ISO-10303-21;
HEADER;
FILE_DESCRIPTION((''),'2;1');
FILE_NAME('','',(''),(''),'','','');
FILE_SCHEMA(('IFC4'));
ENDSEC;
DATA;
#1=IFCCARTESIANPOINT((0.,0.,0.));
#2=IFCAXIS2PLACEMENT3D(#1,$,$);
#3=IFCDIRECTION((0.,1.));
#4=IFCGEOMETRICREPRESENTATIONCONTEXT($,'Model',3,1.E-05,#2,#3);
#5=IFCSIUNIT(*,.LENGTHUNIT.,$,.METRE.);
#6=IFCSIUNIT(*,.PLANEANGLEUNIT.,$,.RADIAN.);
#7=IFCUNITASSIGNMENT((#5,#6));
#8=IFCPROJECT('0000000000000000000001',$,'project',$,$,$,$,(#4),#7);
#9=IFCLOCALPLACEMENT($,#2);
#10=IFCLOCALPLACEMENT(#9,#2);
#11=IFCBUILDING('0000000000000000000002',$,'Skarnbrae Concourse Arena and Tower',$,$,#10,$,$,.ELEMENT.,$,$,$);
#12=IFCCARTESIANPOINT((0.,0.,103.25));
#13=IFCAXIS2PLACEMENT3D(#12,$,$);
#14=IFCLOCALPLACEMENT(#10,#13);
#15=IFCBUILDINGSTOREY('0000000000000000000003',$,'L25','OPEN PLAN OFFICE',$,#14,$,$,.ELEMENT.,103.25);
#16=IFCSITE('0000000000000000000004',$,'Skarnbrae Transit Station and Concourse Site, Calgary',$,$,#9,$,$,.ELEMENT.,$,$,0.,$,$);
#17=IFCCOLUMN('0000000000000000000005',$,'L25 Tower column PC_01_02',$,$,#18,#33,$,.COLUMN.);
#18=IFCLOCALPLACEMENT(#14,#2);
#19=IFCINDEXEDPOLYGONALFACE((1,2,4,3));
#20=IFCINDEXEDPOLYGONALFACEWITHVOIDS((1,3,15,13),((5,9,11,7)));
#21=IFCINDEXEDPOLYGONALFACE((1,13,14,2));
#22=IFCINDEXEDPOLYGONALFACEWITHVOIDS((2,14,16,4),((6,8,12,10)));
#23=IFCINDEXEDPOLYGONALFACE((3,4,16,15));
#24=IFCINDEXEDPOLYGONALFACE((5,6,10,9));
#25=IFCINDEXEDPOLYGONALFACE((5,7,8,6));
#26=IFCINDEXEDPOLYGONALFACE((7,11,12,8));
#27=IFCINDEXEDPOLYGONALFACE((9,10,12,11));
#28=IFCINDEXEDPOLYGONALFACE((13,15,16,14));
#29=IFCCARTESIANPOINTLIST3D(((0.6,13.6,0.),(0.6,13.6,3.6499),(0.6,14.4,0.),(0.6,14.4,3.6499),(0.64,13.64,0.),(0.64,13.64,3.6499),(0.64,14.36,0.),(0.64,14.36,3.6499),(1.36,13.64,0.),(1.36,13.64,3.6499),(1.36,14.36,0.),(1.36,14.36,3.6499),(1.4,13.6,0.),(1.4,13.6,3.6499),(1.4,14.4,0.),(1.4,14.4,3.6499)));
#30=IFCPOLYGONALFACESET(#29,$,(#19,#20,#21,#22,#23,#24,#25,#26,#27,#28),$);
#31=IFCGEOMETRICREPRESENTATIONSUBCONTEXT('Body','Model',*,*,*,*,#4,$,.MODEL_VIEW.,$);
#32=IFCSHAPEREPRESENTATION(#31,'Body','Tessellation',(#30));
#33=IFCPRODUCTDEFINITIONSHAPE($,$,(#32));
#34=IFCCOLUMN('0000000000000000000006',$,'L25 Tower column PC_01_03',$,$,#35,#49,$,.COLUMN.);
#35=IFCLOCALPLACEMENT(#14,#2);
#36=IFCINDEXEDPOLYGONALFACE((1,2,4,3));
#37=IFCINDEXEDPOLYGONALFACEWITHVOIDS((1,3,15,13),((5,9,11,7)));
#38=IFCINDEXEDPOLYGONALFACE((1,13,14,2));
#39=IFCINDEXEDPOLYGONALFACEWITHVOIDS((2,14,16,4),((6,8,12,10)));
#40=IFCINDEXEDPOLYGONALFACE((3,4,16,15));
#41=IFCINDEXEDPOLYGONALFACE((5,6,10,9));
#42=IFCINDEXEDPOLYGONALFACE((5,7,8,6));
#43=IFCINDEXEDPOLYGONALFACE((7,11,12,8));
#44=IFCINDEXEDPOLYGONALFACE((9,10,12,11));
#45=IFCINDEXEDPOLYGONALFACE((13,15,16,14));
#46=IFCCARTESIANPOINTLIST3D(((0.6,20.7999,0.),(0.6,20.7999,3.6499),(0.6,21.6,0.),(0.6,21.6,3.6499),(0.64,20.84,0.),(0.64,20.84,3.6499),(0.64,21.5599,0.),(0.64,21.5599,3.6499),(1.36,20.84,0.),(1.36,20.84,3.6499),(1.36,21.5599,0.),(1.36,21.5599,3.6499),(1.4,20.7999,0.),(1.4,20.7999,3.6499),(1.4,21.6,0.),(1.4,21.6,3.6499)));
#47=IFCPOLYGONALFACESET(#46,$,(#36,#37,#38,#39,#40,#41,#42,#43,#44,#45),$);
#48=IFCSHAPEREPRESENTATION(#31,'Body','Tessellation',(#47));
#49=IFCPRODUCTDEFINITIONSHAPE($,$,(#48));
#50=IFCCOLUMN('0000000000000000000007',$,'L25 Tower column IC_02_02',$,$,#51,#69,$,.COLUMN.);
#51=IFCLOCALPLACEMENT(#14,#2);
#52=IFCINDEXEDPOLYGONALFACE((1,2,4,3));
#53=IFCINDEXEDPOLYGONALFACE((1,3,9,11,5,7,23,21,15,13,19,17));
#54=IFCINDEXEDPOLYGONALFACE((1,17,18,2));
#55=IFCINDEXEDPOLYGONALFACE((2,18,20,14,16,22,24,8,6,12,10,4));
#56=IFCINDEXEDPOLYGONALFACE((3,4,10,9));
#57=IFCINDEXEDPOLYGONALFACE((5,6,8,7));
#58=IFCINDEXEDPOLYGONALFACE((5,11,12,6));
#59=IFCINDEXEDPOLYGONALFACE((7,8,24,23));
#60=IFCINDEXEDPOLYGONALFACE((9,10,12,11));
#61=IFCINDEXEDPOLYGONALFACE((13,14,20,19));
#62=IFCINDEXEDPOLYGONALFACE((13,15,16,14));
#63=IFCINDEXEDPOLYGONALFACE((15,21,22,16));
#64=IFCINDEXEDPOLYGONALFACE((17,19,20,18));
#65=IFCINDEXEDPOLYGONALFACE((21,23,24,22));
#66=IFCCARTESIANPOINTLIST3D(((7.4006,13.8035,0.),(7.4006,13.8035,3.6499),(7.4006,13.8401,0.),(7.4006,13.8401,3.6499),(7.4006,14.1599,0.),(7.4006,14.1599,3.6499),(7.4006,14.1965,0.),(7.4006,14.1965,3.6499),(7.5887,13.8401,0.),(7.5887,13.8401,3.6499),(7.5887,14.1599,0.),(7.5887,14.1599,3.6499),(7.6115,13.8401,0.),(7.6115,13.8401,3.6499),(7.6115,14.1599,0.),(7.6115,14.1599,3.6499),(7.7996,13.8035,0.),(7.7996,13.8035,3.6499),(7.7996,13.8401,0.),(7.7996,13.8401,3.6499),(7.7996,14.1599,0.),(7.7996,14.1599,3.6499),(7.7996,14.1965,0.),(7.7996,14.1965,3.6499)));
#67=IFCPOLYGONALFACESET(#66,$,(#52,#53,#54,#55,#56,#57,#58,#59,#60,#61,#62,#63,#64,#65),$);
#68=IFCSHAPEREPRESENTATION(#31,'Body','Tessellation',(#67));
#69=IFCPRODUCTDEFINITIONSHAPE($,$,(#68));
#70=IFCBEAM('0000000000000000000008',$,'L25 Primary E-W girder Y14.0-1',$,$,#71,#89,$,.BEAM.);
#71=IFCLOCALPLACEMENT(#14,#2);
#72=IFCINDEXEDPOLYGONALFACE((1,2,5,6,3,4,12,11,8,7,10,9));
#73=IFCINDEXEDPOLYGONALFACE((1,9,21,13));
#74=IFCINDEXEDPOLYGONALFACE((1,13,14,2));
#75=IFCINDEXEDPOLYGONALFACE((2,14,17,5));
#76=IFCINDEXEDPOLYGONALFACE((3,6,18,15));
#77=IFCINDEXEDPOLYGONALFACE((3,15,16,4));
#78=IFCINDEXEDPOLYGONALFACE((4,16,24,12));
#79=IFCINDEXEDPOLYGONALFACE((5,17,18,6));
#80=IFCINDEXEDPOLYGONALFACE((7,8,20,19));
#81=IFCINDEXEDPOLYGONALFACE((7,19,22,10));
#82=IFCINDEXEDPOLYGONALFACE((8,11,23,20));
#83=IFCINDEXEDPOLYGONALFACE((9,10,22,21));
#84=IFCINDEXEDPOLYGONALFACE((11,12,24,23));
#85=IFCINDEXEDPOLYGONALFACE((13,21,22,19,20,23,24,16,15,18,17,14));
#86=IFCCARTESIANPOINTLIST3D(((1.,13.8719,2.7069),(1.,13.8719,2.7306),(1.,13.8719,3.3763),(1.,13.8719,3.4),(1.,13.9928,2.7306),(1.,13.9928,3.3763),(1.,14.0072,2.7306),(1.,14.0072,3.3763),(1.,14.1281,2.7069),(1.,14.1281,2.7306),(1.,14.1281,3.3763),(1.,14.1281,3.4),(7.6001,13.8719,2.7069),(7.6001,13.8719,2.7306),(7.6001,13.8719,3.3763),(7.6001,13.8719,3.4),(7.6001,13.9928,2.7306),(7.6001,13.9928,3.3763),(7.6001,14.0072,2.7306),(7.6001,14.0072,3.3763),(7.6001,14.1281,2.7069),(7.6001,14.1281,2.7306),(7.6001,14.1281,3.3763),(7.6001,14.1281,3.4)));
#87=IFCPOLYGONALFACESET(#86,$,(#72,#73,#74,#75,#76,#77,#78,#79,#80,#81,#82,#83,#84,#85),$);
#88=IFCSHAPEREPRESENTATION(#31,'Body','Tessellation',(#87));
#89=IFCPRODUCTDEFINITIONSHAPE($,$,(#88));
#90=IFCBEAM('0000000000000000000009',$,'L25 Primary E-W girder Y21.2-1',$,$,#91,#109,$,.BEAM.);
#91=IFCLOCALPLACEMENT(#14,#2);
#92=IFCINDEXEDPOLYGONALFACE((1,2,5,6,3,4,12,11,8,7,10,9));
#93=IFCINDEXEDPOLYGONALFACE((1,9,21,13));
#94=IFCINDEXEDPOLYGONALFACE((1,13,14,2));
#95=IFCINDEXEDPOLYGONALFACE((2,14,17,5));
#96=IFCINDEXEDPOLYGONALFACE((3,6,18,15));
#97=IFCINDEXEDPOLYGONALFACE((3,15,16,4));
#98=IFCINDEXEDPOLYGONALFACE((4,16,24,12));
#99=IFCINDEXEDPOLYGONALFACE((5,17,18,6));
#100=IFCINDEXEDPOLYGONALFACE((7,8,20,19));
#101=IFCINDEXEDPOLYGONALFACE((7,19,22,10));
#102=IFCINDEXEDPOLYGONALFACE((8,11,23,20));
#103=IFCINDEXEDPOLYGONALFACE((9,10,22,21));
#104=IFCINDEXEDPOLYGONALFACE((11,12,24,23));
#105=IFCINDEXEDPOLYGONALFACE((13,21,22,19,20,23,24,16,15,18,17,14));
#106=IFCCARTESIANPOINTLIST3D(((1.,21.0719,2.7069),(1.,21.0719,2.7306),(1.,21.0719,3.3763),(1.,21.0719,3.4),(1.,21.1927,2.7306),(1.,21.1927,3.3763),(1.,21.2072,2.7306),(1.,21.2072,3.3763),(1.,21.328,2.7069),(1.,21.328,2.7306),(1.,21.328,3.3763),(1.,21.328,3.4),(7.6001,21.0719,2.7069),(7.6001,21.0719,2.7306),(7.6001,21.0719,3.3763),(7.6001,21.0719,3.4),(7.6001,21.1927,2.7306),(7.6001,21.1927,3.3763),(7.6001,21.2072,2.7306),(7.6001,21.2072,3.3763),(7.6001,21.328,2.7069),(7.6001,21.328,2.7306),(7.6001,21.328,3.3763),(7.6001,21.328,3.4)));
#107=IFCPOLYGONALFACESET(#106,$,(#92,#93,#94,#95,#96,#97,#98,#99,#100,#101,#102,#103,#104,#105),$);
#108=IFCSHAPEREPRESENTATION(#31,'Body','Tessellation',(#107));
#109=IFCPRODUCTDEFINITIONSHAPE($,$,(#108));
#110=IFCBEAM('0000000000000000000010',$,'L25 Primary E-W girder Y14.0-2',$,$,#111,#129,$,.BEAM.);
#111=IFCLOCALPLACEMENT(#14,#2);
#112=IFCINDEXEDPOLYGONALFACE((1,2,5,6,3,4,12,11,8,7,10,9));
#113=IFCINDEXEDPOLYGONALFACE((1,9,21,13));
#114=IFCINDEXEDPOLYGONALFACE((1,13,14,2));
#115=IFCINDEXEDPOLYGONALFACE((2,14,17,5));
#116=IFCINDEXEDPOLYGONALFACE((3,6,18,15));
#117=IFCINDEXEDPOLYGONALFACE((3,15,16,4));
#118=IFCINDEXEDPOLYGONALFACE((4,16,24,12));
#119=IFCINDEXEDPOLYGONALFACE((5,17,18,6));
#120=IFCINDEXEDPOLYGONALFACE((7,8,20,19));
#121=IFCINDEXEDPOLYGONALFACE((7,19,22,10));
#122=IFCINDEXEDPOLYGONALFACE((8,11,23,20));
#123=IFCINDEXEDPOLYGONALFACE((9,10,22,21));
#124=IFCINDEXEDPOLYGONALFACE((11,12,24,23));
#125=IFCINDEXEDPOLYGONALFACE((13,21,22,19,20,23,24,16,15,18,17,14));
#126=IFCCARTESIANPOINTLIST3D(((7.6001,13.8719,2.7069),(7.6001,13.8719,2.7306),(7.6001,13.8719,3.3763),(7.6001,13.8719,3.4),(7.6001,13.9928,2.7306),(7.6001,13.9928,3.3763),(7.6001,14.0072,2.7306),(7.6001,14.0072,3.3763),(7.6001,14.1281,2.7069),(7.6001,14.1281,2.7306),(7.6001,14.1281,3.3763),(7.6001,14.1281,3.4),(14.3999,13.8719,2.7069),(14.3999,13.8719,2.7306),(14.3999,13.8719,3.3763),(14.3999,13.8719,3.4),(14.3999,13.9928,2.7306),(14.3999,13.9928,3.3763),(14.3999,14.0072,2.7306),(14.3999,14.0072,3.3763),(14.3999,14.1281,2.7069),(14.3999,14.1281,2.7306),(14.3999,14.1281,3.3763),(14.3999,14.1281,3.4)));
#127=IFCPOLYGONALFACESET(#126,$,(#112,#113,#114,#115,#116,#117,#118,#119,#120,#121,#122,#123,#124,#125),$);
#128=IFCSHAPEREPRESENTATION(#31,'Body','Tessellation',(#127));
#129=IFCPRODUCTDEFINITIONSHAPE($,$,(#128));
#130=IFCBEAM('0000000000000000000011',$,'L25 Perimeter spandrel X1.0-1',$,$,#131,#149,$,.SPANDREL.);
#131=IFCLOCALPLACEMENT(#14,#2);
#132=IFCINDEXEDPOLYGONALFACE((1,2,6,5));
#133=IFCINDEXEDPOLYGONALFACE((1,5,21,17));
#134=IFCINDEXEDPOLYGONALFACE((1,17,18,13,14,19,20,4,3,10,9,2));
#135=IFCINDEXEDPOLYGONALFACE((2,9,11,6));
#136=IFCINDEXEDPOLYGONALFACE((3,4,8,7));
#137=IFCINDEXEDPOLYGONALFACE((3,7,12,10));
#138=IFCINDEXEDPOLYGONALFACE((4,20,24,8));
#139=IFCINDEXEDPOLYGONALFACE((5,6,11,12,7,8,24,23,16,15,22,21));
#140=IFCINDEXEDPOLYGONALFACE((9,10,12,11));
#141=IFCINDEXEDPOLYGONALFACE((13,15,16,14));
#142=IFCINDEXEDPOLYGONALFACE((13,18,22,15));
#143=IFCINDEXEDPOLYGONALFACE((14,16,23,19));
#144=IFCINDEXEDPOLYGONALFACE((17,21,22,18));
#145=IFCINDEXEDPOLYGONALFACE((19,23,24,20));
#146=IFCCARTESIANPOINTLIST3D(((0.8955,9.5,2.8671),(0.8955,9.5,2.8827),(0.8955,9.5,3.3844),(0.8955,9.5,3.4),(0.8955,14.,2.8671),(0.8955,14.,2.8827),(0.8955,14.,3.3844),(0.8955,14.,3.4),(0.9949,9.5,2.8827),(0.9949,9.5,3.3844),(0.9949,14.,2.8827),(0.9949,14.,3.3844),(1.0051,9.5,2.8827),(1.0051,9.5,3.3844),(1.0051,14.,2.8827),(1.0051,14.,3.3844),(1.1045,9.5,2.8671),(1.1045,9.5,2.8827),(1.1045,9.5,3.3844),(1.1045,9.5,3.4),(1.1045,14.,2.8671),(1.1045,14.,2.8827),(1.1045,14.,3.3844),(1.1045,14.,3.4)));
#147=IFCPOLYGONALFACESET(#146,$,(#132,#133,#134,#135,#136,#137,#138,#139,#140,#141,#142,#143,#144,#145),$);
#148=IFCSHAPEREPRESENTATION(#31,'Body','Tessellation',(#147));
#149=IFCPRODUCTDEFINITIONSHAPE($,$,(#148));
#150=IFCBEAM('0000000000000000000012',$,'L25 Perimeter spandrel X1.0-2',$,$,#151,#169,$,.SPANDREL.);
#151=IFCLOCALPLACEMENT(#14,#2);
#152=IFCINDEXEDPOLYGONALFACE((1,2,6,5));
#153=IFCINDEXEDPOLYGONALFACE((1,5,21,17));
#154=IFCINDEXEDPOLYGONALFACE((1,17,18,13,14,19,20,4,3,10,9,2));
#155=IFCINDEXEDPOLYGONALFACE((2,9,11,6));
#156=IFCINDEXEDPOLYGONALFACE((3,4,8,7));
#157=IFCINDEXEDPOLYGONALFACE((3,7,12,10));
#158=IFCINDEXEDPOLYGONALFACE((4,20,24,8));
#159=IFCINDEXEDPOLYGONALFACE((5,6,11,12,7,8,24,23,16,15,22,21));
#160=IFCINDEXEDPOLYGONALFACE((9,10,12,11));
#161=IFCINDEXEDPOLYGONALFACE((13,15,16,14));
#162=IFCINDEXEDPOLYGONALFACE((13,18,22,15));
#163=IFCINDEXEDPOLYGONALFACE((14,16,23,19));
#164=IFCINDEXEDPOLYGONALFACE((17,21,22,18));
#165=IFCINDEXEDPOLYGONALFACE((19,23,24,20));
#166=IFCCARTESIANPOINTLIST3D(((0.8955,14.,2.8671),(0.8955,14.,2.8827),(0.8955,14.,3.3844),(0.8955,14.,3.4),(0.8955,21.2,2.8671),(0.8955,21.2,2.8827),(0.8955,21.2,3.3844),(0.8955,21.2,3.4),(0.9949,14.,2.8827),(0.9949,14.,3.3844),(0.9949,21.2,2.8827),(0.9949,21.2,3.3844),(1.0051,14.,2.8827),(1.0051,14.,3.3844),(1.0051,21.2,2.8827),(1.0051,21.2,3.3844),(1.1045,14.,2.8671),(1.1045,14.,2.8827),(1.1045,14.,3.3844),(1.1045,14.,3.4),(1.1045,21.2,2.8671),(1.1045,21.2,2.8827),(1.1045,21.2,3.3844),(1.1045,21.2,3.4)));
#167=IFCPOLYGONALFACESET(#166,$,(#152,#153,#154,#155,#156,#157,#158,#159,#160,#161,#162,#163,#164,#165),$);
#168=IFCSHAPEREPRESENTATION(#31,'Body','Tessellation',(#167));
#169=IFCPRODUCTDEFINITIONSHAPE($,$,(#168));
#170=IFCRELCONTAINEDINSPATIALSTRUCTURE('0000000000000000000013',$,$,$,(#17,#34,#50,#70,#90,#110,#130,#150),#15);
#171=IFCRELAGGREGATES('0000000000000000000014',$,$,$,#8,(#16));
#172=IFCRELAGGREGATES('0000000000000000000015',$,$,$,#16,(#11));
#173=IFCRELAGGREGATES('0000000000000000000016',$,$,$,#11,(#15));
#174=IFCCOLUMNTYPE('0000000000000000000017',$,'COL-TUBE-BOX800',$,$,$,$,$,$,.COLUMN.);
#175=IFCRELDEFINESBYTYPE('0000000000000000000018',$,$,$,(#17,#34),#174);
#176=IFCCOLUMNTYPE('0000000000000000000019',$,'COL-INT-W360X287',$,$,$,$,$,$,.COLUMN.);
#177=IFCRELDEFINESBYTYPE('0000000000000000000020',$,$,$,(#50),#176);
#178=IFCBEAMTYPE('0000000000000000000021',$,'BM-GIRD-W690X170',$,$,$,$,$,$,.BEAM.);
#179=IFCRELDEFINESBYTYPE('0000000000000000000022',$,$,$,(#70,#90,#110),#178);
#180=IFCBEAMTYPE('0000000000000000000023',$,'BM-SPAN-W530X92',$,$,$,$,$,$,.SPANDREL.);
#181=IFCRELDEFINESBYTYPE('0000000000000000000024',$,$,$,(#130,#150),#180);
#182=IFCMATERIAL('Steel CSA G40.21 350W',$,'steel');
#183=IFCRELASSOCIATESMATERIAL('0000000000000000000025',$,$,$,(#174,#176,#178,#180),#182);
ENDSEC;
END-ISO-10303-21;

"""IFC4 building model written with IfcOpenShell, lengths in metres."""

from ifc_helpers import new_model, si_unit, direction, frame, origin, origin_2d, place, context, subcontext, project, spatial, hollow_rectangle, i_section, extrude, source, transform, mapped, material, material_profile, profile_set, type_object, element, save


model = new_model("IFC4")

# Units and contexts
model_context = context("Model", 3, precision=1e-05, world=origin(), true_north=direction((0.0, 1.0)))
body_context = subcontext(model_context, "Body", "Model", "MODEL_VIEW")
ifc_project = project(units=[si_unit("LENGTHUNIT", "METRE"), si_unit("PLANEANGLEUNIT", "RADIAN")], contexts=[model_context])

# Site, building, storey
site_placement = place(None, origin())
site = spatial("IfcSite", under=ifc_project, at=site_placement, Name="Skarnbrae Transit Station and Concourse Site, Calgary", CompositionType="ELEMENT", RefElevation=0.0)
building_placement = place(site_placement, origin())
building = spatial("IfcBuilding", under=site, at=building_placement, Name="Skarnbrae Concourse Arena and Tower", CompositionType="ELEMENT")
storey_placement = place(building_placement, frame((0.0, 0.0, 103.25)))
storey = spatial("IfcBuildingStorey", under=building, at=storey_placement, Name="L25", Description="OPEN PLAN OFFICE", CompositionType="ELEMENT", Elevation=103.25)

# Columns
ifc_material_1 = material(Name="Steel CSA G40.21 350W", Category="steel")
ifc_material_profile_1 = material_profile(ifc_material_1, hollow_rectangle(XDim=0.8, YDim=0.8, WallThickness=0.04, at=origin_2d()), Name="BOX800X800X40")
ifc_profile_set_1 = profile_set([ifc_material_profile_1], Name="Steel CSA G40.21 350W")
column_type_1 = type_object("IfcColumnType", Name="COL-TUBE-BOX800", PredefinedType="COLUMN", material=ifc_profile_set_1)
shared_shape_1 = source(origin(), body_context, "Body", "SweptSolid", [
    extrude(hollow_rectangle(XDim=0.8, YDim=0.8, WallThickness=0.04, at=origin_2d()), origin(), (0.0, 0.0, 1.0), 3.6499),
])
for number, where, z_axis, x_axis, name in (
    (1, (1.0, 14.0, 0.0), (0.0, 0.0, 1.0), (1.0, 0.0, 0.0), "L25 Tower column PC_01_02"),
    (2, (1.0, 21.2, 0.0), (0.0, 0.0, 1.0), (1.0, 0.0, 0.0), "L25 Tower column PC_01_03"),
):
    element("IfcColumn", number, at=place(storey_placement, frame(where, z_axis=z_axis, x_axis=x_axis)), inside=storey, type_object=column_type_1, Name=name, PredefinedType="COLUMN", context=body_context, shape_type="MappedRepresentation", body=[
        mapped(shared_shape_1, transform((0.0, 0.0, 0.0))),
    ])
ifc_material_profile_2 = material_profile(ifc_material_1, i_section(OverallWidth=0.3989, OverallDepth=0.3931, WebThickness=0.0227, FlangeThickness=0.0366, at=origin_2d()), Name="W360X287")
ifc_profile_set_2 = profile_set([ifc_material_profile_2], Name="Steel CSA G40.21 350W")
column_type_2 = type_object("IfcColumnType", Name="COL-INT-W360X287", PredefinedType="COLUMN", material=ifc_profile_set_2)
shared_shape_2 = source(origin(), body_context, "Body", "SweptSolid", [
    extrude(i_section(OverallWidth=0.3989, OverallDepth=0.3931, WebThickness=0.0227, FlangeThickness=0.0366, at=origin_2d()), origin(), (0.0, 0.0, 1.0), 3.6499),
])
column_placement = place(storey_placement, frame((7.6001, 14.0, 0.0), z_axis=(0.0, 0.0, 1.0), x_axis=(1.0, 0.0, 0.0)))
element("IfcColumn", 3, at=column_placement, inside=storey, type_object=column_type_2, Name="L25 Tower column IC_02_02", PredefinedType="COLUMN", context=body_context, shape_type="MappedRepresentation", body=[
    mapped(shared_shape_2, transform((0.0, 0.0, 0.0))),
])

# Beams
ifc_material_profile_3 = material_profile(ifc_material_1, i_section(OverallWidth=0.2561, OverallDepth=0.6931, WebThickness=0.0144, FlangeThickness=0.0237, at=origin_2d()), Name="W690X170")
ifc_profile_set_3 = profile_set([ifc_material_profile_3], Name="Steel CSA G40.21 350W")
beam_type_1 = type_object("IfcBeamType", Name="BM-GIRD-W690X170", PredefinedType="BEAM", material=ifc_profile_set_3)
shared_shape_3 = source(origin(), body_context, "Body", "SweptSolid", [
    extrude(i_section(OverallWidth=0.2561, OverallDepth=0.6931, WebThickness=0.0144, FlangeThickness=0.0237, at=origin_2d()), origin(), (0.0, 0.0, 1.0), 6.6001),
])
for number, where, z_axis, x_axis, name in (
    (4, (1.0, 14.0, 3.0535), (1.0, 0.0, 0.0), (0.0, 1.0, 0.0), "L25 Primary E-W girder Y14.0-1"),
    (5, (1.0, 21.2, 3.0535), (1.0, 0.0, 0.0), (0.0, 1.0, 0.0), "L25 Primary E-W girder Y21.2-1"),
):
    element("IfcBeam", number, at=place(storey_placement, frame(where, z_axis=z_axis, x_axis=x_axis)), inside=storey, type_object=beam_type_1, Name=name, PredefinedType="BEAM", context=body_context, shape_type="MappedRepresentation", body=[
        mapped(shared_shape_3, transform((0.0, 0.0, 0.0))),
    ])
shared_shape_4 = source(origin(), body_context, "Body", "SweptSolid", [
    extrude(i_section(OverallWidth=0.2561, OverallDepth=0.6931, WebThickness=0.0144, FlangeThickness=0.0237, at=origin_2d()), origin(), (0.0, 0.0, 1.0), 6.7998),
])
beam_1_placement = place(storey_placement, frame((7.6001, 14.0, 3.0535), z_axis=(1.0, 0.0, 0.0), x_axis=(0.0, 1.0, 0.0)))
element("IfcBeam", 6, at=beam_1_placement, inside=storey, type_object=beam_type_1, Name="L25 Primary E-W girder Y14.0-2", PredefinedType="BEAM", context=body_context, shape_type="MappedRepresentation", body=[
    mapped(shared_shape_4, transform((0.0, 0.0, 0.0))),
])
ifc_material_profile_4 = material_profile(ifc_material_1, i_section(OverallWidth=0.209, OverallDepth=0.533, WebThickness=0.0103, FlangeThickness=0.0156, at=origin_2d()), Name="W530X92")
ifc_profile_set_4 = profile_set([ifc_material_profile_4], Name="Steel CSA G40.21 350W")
beam_type_2 = type_object("IfcBeamType", Name="BM-SPAN-W530X92", PredefinedType="SPANDREL", material=ifc_profile_set_4)
shared_shape_5 = source(origin(), body_context, "Body", "SweptSolid", [
    extrude(i_section(OverallWidth=0.209, OverallDepth=0.533, WebThickness=0.0103, FlangeThickness=0.0156, at=origin_2d()), origin(), (0.0, 0.0, 1.0), 4.5),
])
beam_2_placement = place(storey_placement, frame((1.0, 9.5, 3.1335), z_axis=(0.0, 1.0, 0.0), x_axis=(-1.0, 0.0, 0.0)))
element("IfcBeam", 7, at=beam_2_placement, inside=storey, type_object=beam_type_2, Name="L25 Perimeter spandrel X1.0-1", PredefinedType="SPANDREL", context=body_context, shape_type="MappedRepresentation", body=[
    mapped(shared_shape_5, transform((0.0, 0.0, 0.0))),
])
shared_shape_6 = source(origin(), body_context, "Body", "SweptSolid", [
    extrude(i_section(OverallWidth=0.209, OverallDepth=0.533, WebThickness=0.0103, FlangeThickness=0.0156, at=origin_2d()), origin(), (0.0, 0.0, 1.0), 7.2),
])
beam_3_placement = place(storey_placement, frame((1.0, 14.0, 3.1335), z_axis=(0.0, 1.0, 0.0), x_axis=(-1.0, 0.0, 0.0)))
element("IfcBeam", 8, at=beam_3_placement, inside=storey, type_object=beam_type_2, Name="L25 Perimeter spandrel X1.0-2", PredefinedType="SPANDREL", context=body_context, shape_type="MappedRepresentation", body=[
    mapped(shared_shape_6, transform((0.0, 0.0, 0.0))),
])

save(model, "model.ifc")
